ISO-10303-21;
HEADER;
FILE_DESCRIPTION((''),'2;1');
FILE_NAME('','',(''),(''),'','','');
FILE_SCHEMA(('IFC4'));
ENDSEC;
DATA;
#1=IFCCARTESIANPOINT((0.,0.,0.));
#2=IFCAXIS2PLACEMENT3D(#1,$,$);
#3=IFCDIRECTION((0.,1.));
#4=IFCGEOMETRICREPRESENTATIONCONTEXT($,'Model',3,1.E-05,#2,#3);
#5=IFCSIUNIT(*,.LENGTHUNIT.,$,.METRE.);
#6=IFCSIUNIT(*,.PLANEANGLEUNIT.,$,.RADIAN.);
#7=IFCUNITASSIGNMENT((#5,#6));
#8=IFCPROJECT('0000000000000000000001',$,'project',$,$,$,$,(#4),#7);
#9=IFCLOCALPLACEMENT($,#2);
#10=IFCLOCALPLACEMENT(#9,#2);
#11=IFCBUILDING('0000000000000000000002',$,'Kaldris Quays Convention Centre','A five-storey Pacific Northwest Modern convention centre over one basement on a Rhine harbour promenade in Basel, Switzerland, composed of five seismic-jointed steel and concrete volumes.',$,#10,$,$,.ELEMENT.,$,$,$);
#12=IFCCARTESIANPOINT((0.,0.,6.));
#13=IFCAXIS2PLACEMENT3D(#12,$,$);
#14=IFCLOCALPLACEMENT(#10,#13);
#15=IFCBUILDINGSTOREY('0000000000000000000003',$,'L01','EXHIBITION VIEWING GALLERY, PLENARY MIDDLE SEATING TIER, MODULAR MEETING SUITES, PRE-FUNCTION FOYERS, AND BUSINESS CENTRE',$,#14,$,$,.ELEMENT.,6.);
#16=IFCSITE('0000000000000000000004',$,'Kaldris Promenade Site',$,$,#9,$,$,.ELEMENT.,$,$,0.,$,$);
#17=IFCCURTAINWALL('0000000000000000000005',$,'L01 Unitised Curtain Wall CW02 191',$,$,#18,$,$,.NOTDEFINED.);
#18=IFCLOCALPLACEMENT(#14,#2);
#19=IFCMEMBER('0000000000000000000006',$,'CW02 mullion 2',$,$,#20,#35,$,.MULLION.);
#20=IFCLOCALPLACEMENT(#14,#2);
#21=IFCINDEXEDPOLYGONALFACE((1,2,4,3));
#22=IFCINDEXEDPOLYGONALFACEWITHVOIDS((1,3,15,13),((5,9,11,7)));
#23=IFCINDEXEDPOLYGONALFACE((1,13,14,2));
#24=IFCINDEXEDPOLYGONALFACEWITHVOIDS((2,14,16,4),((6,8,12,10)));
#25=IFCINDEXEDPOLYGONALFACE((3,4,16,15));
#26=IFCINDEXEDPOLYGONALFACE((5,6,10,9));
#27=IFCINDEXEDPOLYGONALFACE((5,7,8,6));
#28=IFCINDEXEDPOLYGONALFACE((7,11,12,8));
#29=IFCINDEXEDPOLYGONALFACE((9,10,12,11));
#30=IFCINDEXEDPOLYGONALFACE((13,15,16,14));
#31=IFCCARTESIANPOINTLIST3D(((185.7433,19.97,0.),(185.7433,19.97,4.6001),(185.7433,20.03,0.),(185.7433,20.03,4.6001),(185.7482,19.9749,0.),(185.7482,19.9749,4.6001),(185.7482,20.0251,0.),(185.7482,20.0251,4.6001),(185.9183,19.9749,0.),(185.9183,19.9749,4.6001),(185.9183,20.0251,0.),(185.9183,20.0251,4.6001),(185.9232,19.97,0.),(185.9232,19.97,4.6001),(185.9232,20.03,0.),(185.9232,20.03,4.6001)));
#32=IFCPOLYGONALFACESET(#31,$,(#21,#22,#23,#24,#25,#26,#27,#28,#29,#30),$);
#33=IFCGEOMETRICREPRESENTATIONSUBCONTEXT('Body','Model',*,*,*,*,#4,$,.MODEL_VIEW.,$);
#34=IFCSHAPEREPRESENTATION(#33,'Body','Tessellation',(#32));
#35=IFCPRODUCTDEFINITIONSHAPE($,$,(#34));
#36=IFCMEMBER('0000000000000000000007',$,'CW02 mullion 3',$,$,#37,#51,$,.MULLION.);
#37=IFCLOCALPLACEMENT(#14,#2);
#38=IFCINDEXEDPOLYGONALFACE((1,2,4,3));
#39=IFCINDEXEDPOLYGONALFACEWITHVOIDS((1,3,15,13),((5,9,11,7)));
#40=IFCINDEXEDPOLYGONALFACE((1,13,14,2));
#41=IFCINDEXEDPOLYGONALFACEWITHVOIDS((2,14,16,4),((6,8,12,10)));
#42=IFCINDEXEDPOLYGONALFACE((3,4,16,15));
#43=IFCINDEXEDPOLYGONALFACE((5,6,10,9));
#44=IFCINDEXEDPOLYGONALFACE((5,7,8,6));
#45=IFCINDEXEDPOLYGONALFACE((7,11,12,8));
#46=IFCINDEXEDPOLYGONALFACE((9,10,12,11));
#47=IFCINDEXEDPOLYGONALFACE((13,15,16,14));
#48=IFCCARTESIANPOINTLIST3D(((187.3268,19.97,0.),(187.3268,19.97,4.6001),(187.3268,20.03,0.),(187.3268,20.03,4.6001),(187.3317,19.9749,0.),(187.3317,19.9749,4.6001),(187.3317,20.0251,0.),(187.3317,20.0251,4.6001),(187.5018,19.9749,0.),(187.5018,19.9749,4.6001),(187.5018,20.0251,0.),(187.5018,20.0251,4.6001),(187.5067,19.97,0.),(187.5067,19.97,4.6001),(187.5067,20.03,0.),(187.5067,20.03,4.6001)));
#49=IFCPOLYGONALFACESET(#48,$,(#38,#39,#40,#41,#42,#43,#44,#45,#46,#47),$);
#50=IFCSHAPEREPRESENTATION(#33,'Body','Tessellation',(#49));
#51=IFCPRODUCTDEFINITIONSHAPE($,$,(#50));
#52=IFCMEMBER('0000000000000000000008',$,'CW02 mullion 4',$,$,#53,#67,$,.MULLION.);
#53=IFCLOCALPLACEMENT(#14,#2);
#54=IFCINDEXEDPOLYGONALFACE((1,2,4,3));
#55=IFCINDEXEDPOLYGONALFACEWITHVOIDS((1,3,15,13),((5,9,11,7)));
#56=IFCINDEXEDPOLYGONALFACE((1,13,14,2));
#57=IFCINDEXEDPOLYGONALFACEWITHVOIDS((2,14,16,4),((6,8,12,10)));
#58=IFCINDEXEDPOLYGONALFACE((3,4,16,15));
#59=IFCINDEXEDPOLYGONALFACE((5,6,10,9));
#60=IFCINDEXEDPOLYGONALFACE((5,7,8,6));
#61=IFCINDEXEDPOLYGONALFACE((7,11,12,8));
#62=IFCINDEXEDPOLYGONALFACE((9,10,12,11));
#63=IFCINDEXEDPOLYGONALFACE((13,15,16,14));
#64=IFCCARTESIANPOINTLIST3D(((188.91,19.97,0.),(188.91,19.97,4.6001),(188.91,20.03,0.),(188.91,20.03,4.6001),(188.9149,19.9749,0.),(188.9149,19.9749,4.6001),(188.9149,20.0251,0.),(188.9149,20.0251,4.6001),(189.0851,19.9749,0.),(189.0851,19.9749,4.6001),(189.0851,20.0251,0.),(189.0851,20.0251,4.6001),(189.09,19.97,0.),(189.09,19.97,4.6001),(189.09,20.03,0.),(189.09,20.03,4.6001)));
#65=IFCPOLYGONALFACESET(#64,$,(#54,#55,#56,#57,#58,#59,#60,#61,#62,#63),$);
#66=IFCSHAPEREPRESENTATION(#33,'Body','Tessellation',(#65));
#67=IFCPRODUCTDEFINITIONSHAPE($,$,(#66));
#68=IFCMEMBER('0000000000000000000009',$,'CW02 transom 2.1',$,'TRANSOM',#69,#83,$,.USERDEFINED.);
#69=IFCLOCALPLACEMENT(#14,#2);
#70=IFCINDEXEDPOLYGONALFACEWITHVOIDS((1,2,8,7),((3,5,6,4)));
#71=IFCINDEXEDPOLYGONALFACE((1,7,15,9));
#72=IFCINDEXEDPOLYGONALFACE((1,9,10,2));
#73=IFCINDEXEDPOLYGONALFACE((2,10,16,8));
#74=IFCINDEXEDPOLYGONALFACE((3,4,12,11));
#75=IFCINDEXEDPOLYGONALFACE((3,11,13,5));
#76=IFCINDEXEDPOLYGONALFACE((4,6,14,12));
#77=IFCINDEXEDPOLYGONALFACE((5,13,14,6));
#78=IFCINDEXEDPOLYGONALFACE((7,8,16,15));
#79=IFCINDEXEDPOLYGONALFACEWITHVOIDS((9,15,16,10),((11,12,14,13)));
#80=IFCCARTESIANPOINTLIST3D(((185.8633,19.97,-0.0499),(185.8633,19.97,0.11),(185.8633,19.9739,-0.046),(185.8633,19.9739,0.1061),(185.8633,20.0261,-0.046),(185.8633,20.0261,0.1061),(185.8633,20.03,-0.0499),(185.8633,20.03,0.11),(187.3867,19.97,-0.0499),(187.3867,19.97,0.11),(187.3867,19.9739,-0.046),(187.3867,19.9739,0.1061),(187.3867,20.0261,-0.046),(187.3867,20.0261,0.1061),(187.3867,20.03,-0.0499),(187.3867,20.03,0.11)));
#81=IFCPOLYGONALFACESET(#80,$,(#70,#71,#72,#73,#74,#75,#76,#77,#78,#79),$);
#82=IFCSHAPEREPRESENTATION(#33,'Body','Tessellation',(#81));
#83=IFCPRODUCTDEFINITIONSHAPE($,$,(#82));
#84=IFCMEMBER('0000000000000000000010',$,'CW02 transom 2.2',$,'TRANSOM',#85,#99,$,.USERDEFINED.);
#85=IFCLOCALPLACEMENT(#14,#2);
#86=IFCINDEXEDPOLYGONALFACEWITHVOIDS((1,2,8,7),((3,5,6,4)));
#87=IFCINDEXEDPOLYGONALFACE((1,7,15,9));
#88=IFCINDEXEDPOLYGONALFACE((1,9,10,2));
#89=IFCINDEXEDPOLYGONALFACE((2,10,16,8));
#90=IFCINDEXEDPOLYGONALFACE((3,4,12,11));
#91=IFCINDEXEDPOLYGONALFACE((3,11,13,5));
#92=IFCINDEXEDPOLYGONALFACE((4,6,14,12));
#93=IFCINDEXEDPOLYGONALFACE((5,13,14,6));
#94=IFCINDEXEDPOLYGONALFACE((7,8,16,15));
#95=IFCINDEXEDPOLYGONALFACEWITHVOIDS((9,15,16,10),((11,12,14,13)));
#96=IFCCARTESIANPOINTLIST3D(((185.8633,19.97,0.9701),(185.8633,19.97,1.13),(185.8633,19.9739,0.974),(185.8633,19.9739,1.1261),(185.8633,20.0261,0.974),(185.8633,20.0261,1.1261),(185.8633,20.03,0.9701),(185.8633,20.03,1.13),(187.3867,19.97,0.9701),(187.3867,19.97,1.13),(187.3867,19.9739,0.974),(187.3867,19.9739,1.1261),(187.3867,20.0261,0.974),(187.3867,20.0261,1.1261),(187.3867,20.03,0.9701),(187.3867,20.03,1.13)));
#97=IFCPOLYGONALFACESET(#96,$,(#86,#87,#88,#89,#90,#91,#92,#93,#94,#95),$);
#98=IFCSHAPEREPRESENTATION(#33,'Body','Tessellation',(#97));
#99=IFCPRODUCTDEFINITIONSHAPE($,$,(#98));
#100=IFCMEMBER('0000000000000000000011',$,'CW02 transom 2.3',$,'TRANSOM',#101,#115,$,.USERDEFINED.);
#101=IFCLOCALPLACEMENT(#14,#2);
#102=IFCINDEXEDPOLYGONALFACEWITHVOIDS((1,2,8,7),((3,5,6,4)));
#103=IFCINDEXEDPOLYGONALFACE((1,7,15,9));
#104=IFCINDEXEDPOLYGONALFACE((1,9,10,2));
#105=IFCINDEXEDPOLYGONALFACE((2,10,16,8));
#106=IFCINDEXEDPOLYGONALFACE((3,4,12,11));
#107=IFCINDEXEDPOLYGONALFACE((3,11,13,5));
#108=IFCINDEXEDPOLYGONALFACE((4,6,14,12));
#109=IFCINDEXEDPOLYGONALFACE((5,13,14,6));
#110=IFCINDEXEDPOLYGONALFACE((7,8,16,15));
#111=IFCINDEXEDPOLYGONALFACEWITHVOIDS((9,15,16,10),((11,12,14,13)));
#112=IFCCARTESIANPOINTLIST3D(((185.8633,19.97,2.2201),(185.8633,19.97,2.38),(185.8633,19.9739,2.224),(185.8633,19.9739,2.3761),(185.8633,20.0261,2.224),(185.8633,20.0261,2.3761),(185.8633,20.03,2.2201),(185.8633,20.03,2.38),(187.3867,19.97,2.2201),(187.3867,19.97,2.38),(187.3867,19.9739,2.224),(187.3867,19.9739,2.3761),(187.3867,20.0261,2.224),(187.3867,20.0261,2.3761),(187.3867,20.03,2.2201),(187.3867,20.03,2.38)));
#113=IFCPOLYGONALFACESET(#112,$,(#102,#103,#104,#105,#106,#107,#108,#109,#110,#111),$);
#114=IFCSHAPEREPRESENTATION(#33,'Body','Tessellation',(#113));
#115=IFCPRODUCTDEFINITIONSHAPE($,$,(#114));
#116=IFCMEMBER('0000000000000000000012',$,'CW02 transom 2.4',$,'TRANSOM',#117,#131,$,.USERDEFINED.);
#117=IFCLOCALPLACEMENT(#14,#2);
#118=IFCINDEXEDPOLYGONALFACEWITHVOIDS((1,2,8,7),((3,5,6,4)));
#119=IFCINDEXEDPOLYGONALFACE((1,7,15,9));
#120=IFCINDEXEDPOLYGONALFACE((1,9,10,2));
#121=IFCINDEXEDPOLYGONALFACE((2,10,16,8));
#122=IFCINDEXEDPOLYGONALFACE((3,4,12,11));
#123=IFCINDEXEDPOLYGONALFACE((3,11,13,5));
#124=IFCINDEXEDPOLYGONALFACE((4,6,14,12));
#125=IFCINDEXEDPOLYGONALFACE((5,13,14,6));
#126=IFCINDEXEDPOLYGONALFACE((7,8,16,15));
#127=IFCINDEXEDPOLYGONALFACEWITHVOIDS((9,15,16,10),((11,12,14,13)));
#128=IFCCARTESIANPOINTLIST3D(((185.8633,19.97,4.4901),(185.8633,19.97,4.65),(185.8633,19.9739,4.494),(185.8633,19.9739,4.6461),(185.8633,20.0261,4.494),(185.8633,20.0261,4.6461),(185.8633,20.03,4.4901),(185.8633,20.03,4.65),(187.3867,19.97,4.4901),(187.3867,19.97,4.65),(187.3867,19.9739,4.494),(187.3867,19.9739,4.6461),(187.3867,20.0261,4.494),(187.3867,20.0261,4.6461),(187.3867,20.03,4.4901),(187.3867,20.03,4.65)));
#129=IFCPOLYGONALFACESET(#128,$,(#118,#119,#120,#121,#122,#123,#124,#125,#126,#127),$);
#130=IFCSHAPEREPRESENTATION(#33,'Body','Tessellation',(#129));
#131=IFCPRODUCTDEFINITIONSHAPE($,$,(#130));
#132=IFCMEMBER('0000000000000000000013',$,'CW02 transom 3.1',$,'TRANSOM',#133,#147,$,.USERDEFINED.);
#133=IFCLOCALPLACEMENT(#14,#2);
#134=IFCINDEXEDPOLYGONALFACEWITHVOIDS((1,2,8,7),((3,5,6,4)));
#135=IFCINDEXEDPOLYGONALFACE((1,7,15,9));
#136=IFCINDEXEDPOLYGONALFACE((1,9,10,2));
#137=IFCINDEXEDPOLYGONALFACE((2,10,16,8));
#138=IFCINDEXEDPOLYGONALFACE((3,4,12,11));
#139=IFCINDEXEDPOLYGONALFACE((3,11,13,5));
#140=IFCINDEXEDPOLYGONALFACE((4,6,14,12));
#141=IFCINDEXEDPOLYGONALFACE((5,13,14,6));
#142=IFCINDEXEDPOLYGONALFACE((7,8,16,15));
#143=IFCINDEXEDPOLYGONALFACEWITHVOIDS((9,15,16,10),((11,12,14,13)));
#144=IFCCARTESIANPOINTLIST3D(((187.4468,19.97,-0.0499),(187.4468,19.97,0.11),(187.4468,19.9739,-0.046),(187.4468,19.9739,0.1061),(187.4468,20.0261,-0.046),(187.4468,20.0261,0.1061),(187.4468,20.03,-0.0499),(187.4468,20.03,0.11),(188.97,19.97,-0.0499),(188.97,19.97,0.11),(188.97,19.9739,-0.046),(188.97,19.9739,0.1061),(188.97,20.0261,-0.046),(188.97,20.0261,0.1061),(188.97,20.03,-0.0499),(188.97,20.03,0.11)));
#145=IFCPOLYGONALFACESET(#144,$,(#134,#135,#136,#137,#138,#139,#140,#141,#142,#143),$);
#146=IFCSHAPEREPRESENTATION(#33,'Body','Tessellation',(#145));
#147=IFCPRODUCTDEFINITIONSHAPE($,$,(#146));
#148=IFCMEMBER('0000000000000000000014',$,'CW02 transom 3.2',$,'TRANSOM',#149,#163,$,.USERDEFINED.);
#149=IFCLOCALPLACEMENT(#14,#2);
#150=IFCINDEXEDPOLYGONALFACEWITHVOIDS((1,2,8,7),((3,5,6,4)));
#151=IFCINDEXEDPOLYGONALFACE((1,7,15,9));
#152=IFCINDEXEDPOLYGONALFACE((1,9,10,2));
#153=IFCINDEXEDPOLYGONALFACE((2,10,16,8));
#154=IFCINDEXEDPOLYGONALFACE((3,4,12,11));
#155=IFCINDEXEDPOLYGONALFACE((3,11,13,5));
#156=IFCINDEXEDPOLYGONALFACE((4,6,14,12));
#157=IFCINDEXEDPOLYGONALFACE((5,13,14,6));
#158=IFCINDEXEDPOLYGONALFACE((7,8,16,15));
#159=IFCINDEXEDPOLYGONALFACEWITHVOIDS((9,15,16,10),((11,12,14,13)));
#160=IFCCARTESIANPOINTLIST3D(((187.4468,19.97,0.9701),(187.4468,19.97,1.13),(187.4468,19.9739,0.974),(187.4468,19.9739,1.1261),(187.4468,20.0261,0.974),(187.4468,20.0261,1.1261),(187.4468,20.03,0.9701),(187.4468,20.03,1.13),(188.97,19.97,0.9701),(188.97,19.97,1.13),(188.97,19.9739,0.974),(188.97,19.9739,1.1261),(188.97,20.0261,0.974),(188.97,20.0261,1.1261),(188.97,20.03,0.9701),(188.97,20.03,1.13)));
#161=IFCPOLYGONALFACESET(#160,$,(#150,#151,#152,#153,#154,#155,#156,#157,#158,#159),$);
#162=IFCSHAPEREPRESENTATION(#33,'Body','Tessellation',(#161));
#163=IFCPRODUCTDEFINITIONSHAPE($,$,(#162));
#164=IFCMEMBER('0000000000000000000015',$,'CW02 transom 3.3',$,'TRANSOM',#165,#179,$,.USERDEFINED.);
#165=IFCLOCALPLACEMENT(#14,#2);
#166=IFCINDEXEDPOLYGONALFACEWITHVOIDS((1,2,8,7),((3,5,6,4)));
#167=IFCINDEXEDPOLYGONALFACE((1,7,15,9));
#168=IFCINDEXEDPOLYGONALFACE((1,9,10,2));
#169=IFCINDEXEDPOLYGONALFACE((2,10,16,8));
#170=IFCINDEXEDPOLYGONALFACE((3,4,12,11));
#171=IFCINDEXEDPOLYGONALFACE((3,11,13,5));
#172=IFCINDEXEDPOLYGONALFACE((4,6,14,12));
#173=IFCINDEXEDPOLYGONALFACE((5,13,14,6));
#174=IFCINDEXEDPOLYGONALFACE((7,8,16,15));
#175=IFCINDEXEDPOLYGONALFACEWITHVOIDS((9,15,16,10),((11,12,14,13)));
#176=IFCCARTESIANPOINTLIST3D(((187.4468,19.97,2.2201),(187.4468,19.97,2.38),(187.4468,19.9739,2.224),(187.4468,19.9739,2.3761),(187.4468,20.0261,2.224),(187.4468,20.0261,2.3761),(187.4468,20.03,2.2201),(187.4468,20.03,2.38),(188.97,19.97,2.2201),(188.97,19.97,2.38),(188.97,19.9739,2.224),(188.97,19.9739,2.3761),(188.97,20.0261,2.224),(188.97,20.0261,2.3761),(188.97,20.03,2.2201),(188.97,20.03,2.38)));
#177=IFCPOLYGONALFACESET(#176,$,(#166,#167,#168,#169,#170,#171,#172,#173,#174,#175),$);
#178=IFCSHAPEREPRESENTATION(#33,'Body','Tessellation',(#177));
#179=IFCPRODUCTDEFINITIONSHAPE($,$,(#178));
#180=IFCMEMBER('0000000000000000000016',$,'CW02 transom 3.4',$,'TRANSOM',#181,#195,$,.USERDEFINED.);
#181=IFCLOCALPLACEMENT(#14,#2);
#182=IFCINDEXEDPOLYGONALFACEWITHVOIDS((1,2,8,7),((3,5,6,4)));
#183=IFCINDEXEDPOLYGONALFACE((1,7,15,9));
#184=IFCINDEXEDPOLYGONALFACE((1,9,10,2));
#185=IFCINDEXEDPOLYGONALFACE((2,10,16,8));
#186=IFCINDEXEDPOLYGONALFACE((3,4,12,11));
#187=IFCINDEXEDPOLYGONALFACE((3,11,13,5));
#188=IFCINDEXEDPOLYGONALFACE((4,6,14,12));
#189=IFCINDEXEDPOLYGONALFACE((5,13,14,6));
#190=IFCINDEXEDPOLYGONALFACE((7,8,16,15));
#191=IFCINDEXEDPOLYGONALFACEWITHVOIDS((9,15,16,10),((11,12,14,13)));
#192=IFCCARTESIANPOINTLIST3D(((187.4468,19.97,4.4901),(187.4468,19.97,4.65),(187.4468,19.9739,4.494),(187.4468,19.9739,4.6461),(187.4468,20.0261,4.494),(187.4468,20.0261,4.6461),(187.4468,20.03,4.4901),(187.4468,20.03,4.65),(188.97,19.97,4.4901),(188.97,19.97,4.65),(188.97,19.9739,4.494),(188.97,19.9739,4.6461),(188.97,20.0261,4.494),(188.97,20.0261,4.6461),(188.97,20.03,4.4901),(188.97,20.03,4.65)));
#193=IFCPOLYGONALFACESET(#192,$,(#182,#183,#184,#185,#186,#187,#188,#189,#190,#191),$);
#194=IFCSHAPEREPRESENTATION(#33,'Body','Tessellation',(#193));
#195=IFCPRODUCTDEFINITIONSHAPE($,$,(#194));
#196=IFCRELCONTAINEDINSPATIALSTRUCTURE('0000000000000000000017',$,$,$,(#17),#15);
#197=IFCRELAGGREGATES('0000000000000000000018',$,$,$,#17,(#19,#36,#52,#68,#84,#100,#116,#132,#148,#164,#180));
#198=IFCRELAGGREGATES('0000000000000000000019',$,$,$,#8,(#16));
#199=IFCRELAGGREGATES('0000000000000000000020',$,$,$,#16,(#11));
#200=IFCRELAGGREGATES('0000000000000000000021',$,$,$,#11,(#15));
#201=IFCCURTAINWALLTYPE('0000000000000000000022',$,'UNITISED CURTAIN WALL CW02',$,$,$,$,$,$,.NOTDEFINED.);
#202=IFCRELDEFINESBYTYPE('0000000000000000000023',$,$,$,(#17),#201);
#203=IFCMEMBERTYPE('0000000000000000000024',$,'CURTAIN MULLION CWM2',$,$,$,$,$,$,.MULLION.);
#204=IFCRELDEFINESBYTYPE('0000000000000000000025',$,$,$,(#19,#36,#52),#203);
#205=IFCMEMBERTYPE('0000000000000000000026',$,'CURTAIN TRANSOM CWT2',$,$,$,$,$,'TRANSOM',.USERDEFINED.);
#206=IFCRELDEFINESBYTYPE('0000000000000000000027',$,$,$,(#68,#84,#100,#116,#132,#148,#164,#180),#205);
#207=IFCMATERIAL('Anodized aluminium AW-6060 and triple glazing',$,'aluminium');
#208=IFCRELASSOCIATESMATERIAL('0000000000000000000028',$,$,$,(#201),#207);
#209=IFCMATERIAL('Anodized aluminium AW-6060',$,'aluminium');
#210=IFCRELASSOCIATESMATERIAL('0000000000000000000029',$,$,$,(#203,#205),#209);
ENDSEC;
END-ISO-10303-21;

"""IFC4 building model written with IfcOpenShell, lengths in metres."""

from ifc_helpers import new_model, si_unit, direction, frame, origin, origin_2d, place, context, subcontext, project, spatial, hollow_rectangle, extrude, material, material_profile, profile_set, type_object, element, aggregate, save


model = new_model("IFC4")

# Units and contexts
model_context = context("Model", 3, precision=1e-05, world=origin(), true_north=direction((0.0, 1.0)))
body_context = subcontext(model_context, "Body", "Model", "MODEL_VIEW")
ifc_project = project(units=[si_unit("LENGTHUNIT", "METRE"), si_unit("PLANEANGLEUNIT", "RADIAN")], contexts=[model_context])

# Site, building, storey
site_placement = place(None, origin())
site = spatial("IfcSite", under=ifc_project, at=site_placement, Name="Kaldris Promenade Site", CompositionType="ELEMENT", RefElevation=0.0)
building_placement = place(site_placement, origin())
building = spatial("IfcBuilding", under=site, at=building_placement, Name="Kaldris Quays Convention Centre", Description="A five-storey Pacific Northwest Modern convention centre over one basement on a Rhine harbour promenade in Basel, Switzerland, composed of five seismic-jointed steel and concrete volumes.", CompositionType="ELEMENT")
storey_placement = place(building_placement, frame((0.0, 0.0, 6.0)))
storey = spatial("IfcBuildingStorey", under=building, at=storey_placement, Name="L01", Description="EXHIBITION VIEWING GALLERY, PLENARY MIDDLE SEATING TIER, MODULAR MEETING SUITES, PRE-FUNCTION FOYERS, AND BUSINESS CENTRE", CompositionType="ELEMENT", Elevation=6.0)

# Curtain wall, members
ifc_material_1 = material(Name="Anodized aluminium AW-6060 and triple glazing", Category="aluminium")
curtain_wall_type = type_object("IfcCurtainWallType", Name="UNITISED CURTAIN WALL CW02", PredefinedType="NOTDEFINED", material=ifc_material_1)
curtain_wall_placement = place(storey_placement, origin())
curtain_wall = element("IfcCurtainWall", 1, at=curtain_wall_placement, inside=storey, type_object=curtain_wall_type, Name="L01 Unitised Curtain Wall CW02 191", PredefinedType="NOTDEFINED")
ifc_material_2 = material(Name="Anodized aluminium AW-6060", Category="aluminium")
ifc_material_profile_1 = material_profile(ifc_material_2, hollow_rectangle(XDim=0.0601, YDim=0.1799, WallThickness=0.0049, at=origin_2d()), Name="RHS 180x60x5")
ifc_profile_set_1 = profile_set([ifc_material_profile_1], Name="Anodized aluminium AW-6060")
member_type_1 = type_object("IfcMemberType", Name="CURTAIN MULLION CWM2", PredefinedType="MULLION", material=ifc_profile_set_1)
member_1_placement = place(storey_placement, frame((185.8333, 20.0, 0.0), z_axis=(0.0, 0.0, 1.0), x_axis=(0.0, 1.0, 0.0)))
member_1 = element("IfcMember", 2, at=member_1_placement, type_object=member_type_1, Name="CW02 mullion 2", PredefinedType="MULLION", context=body_context, shape_type="SweptSolid", body=[
    extrude(hollow_rectangle(XDim=0.0601, YDim=0.1799, WallThickness=0.0049, at=origin_2d()), origin(), (0.0, 0.0, 1.0), 4.6001),
])
member_2_placement = place(storey_placement, frame((187.4167, 20.0, 0.0), z_axis=(0.0, 0.0, 1.0), x_axis=(0.0, 1.0, 0.0)))
member_2 = element("IfcMember", 3, at=member_2_placement, type_object=member_type_1, Name="CW02 mullion 3", PredefinedType="MULLION", context=body_context, shape_type="SweptSolid", body=[
    extrude(hollow_rectangle(XDim=0.0601, YDim=0.1799, WallThickness=0.0049, at=origin_2d()), origin(), (0.0, 0.0, 1.0), 4.6001),
])
member_3_placement = place(storey_placement, frame((189.0, 20.0, 0.0), z_axis=(0.0, 0.0, 1.0), x_axis=(0.0, 1.0, 0.0)))
member_3 = element("IfcMember", 4, at=member_3_placement, type_object=member_type_1, Name="CW02 mullion 4", PredefinedType="MULLION", context=body_context, shape_type="SweptSolid", body=[
    extrude(hollow_rectangle(XDim=0.0601, YDim=0.1799, WallThickness=0.0049, at=origin_2d()), origin(), (0.0, 0.0, 1.0), 4.6001),
])
ifc_material_profile_2 = material_profile(ifc_material_2, hollow_rectangle(XDim=0.0601, YDim=0.1599, WallThickness=0.0039, at=origin_2d()), Name="RHS 160x60x4")
ifc_profile_set_2 = profile_set([ifc_material_profile_2], Name="Anodized aluminium AW-6060")
member_type_2 = type_object("IfcMemberType", Name="CURTAIN TRANSOM CWT2", ElementType="TRANSOM", PredefinedType="USERDEFINED", material=ifc_profile_set_2)
member_4_placement = place(storey_placement, frame((185.8633, 20.0, 0.03), z_axis=(1.0, 0.0, 0.0), x_axis=(0.0, 1.0, 0.0)))
member_4 = element("IfcMember", 5, at=member_4_placement, type_object=member_type_2, Name="CW02 transom 2.1", ObjectType="TRANSOM", PredefinedType="USERDEFINED", context=body_context, shape_type="SweptSolid", body=[
    extrude(hollow_rectangle(XDim=0.0601, YDim=0.1599, WallThickness=0.0039, at=origin_2d()), origin(), (0.0, 0.0, 1.0), 1.5234),
])
member_5_placement = place(storey_placement, frame((185.8633, 20.0, 1.05), z_axis=(1.0, 0.0, 0.0), x_axis=(0.0, 1.0, 0.0)))
member_5 = element("IfcMember", 6, at=member_5_placement, type_object=member_type_2, Name="CW02 transom 2.2", ObjectType="TRANSOM", PredefinedType="USERDEFINED", context=body_context, shape_type="SweptSolid", body=[
    extrude(hollow_rectangle(XDim=0.0601, YDim=0.1599, WallThickness=0.0039, at=origin_2d()), origin(), (0.0, 0.0, 1.0), 1.5234),
])
member_6_placement = place(storey_placement, frame((185.8633, 20.0, 2.3), z_axis=(1.0, 0.0, 0.0), x_axis=(0.0, 1.0, 0.0)))
member_6 = element("IfcMember", 7, at=member_6_placement, type_object=member_type_2, Name="CW02 transom 2.3", ObjectType="TRANSOM", PredefinedType="USERDEFINED", context=body_context, shape_type="SweptSolid", body=[
    extrude(hollow_rectangle(XDim=0.0601, YDim=0.1599, WallThickness=0.0039, at=origin_2d()), origin(), (0.0, 0.0, 1.0), 1.5234),
])
member_7_placement = place(storey_placement, frame((185.8633, 20.0, 4.5701), z_axis=(1.0, 0.0, 0.0), x_axis=(0.0, 1.0, 0.0)))
member_7 = element("IfcMember", 8, at=member_7_placement, type_object=member_type_2, Name="CW02 transom 2.4", ObjectType="TRANSOM", PredefinedType="USERDEFINED", context=body_context, shape_type="SweptSolid", body=[
    extrude(hollow_rectangle(XDim=0.0601, YDim=0.1599, WallThickness=0.0039, at=origin_2d()), origin(), (0.0, 0.0, 1.0), 1.5234),
])
member_8_placement = place(storey_placement, frame((187.4468, 20.0, 0.03), z_axis=(1.0, 0.0, 0.0), x_axis=(0.0, 1.0, 0.0)))
member_8 = element("IfcMember", 9, at=member_8_placement, type_object=member_type_2, Name="CW02 transom 3.1", ObjectType="TRANSOM", PredefinedType="USERDEFINED", context=body_context, shape_type="SweptSolid", body=[
    extrude(hollow_rectangle(XDim=0.0601, YDim=0.1599, WallThickness=0.0039, at=origin_2d()), origin(), (0.0, 0.0, 1.0), 1.5232),
])
member_9_placement = place(storey_placement, frame((187.4468, 20.0, 1.05), z_axis=(1.0, 0.0, 0.0), x_axis=(0.0, 1.0, 0.0)))
member_9 = element("IfcMember", 10, at=member_9_placement, type_object=member_type_2, Name="CW02 transom 3.2", ObjectType="TRANSOM", PredefinedType="USERDEFINED", context=body_context, shape_type="SweptSolid", body=[
    extrude(hollow_rectangle(XDim=0.0601, YDim=0.1599, WallThickness=0.0039, at=origin_2d()), origin(), (0.0, 0.0, 1.0), 1.5232),
])
member_10_placement = place(storey_placement, frame((187.4468, 20.0, 2.3), z_axis=(1.0, 0.0, 0.0), x_axis=(0.0, 1.0, 0.0)))
member_10 = element("IfcMember", 11, at=member_10_placement, type_object=member_type_2, Name="CW02 transom 3.3", ObjectType="TRANSOM", PredefinedType="USERDEFINED", context=body_context, shape_type="SweptSolid", body=[
    extrude(hollow_rectangle(XDim=0.0601, YDim=0.1599, WallThickness=0.0039, at=origin_2d()), origin(), (0.0, 0.0, 1.0), 1.5232),
])
member_11_placement = place(storey_placement, frame((187.4468, 20.0, 4.5701), z_axis=(1.0, 0.0, 0.0), x_axis=(0.0, 1.0, 0.0)))
member_11 = element("IfcMember", 12, at=member_11_placement, type_object=member_type_2, Name="CW02 transom 3.4", ObjectType="TRANSOM", PredefinedType="USERDEFINED", context=body_context, shape_type="SweptSolid", body=[
    extrude(hollow_rectangle(XDim=0.0601, YDim=0.1599, WallThickness=0.0039, at=origin_2d()), origin(), (0.0, 0.0, 1.0), 1.5232),
])

aggregate(curtain_wall, [member_1, member_2, member_3, member_4, member_5, member_6, member_7, member_8, member_9, member_10, member_11])

save(model, "model.ifc")
